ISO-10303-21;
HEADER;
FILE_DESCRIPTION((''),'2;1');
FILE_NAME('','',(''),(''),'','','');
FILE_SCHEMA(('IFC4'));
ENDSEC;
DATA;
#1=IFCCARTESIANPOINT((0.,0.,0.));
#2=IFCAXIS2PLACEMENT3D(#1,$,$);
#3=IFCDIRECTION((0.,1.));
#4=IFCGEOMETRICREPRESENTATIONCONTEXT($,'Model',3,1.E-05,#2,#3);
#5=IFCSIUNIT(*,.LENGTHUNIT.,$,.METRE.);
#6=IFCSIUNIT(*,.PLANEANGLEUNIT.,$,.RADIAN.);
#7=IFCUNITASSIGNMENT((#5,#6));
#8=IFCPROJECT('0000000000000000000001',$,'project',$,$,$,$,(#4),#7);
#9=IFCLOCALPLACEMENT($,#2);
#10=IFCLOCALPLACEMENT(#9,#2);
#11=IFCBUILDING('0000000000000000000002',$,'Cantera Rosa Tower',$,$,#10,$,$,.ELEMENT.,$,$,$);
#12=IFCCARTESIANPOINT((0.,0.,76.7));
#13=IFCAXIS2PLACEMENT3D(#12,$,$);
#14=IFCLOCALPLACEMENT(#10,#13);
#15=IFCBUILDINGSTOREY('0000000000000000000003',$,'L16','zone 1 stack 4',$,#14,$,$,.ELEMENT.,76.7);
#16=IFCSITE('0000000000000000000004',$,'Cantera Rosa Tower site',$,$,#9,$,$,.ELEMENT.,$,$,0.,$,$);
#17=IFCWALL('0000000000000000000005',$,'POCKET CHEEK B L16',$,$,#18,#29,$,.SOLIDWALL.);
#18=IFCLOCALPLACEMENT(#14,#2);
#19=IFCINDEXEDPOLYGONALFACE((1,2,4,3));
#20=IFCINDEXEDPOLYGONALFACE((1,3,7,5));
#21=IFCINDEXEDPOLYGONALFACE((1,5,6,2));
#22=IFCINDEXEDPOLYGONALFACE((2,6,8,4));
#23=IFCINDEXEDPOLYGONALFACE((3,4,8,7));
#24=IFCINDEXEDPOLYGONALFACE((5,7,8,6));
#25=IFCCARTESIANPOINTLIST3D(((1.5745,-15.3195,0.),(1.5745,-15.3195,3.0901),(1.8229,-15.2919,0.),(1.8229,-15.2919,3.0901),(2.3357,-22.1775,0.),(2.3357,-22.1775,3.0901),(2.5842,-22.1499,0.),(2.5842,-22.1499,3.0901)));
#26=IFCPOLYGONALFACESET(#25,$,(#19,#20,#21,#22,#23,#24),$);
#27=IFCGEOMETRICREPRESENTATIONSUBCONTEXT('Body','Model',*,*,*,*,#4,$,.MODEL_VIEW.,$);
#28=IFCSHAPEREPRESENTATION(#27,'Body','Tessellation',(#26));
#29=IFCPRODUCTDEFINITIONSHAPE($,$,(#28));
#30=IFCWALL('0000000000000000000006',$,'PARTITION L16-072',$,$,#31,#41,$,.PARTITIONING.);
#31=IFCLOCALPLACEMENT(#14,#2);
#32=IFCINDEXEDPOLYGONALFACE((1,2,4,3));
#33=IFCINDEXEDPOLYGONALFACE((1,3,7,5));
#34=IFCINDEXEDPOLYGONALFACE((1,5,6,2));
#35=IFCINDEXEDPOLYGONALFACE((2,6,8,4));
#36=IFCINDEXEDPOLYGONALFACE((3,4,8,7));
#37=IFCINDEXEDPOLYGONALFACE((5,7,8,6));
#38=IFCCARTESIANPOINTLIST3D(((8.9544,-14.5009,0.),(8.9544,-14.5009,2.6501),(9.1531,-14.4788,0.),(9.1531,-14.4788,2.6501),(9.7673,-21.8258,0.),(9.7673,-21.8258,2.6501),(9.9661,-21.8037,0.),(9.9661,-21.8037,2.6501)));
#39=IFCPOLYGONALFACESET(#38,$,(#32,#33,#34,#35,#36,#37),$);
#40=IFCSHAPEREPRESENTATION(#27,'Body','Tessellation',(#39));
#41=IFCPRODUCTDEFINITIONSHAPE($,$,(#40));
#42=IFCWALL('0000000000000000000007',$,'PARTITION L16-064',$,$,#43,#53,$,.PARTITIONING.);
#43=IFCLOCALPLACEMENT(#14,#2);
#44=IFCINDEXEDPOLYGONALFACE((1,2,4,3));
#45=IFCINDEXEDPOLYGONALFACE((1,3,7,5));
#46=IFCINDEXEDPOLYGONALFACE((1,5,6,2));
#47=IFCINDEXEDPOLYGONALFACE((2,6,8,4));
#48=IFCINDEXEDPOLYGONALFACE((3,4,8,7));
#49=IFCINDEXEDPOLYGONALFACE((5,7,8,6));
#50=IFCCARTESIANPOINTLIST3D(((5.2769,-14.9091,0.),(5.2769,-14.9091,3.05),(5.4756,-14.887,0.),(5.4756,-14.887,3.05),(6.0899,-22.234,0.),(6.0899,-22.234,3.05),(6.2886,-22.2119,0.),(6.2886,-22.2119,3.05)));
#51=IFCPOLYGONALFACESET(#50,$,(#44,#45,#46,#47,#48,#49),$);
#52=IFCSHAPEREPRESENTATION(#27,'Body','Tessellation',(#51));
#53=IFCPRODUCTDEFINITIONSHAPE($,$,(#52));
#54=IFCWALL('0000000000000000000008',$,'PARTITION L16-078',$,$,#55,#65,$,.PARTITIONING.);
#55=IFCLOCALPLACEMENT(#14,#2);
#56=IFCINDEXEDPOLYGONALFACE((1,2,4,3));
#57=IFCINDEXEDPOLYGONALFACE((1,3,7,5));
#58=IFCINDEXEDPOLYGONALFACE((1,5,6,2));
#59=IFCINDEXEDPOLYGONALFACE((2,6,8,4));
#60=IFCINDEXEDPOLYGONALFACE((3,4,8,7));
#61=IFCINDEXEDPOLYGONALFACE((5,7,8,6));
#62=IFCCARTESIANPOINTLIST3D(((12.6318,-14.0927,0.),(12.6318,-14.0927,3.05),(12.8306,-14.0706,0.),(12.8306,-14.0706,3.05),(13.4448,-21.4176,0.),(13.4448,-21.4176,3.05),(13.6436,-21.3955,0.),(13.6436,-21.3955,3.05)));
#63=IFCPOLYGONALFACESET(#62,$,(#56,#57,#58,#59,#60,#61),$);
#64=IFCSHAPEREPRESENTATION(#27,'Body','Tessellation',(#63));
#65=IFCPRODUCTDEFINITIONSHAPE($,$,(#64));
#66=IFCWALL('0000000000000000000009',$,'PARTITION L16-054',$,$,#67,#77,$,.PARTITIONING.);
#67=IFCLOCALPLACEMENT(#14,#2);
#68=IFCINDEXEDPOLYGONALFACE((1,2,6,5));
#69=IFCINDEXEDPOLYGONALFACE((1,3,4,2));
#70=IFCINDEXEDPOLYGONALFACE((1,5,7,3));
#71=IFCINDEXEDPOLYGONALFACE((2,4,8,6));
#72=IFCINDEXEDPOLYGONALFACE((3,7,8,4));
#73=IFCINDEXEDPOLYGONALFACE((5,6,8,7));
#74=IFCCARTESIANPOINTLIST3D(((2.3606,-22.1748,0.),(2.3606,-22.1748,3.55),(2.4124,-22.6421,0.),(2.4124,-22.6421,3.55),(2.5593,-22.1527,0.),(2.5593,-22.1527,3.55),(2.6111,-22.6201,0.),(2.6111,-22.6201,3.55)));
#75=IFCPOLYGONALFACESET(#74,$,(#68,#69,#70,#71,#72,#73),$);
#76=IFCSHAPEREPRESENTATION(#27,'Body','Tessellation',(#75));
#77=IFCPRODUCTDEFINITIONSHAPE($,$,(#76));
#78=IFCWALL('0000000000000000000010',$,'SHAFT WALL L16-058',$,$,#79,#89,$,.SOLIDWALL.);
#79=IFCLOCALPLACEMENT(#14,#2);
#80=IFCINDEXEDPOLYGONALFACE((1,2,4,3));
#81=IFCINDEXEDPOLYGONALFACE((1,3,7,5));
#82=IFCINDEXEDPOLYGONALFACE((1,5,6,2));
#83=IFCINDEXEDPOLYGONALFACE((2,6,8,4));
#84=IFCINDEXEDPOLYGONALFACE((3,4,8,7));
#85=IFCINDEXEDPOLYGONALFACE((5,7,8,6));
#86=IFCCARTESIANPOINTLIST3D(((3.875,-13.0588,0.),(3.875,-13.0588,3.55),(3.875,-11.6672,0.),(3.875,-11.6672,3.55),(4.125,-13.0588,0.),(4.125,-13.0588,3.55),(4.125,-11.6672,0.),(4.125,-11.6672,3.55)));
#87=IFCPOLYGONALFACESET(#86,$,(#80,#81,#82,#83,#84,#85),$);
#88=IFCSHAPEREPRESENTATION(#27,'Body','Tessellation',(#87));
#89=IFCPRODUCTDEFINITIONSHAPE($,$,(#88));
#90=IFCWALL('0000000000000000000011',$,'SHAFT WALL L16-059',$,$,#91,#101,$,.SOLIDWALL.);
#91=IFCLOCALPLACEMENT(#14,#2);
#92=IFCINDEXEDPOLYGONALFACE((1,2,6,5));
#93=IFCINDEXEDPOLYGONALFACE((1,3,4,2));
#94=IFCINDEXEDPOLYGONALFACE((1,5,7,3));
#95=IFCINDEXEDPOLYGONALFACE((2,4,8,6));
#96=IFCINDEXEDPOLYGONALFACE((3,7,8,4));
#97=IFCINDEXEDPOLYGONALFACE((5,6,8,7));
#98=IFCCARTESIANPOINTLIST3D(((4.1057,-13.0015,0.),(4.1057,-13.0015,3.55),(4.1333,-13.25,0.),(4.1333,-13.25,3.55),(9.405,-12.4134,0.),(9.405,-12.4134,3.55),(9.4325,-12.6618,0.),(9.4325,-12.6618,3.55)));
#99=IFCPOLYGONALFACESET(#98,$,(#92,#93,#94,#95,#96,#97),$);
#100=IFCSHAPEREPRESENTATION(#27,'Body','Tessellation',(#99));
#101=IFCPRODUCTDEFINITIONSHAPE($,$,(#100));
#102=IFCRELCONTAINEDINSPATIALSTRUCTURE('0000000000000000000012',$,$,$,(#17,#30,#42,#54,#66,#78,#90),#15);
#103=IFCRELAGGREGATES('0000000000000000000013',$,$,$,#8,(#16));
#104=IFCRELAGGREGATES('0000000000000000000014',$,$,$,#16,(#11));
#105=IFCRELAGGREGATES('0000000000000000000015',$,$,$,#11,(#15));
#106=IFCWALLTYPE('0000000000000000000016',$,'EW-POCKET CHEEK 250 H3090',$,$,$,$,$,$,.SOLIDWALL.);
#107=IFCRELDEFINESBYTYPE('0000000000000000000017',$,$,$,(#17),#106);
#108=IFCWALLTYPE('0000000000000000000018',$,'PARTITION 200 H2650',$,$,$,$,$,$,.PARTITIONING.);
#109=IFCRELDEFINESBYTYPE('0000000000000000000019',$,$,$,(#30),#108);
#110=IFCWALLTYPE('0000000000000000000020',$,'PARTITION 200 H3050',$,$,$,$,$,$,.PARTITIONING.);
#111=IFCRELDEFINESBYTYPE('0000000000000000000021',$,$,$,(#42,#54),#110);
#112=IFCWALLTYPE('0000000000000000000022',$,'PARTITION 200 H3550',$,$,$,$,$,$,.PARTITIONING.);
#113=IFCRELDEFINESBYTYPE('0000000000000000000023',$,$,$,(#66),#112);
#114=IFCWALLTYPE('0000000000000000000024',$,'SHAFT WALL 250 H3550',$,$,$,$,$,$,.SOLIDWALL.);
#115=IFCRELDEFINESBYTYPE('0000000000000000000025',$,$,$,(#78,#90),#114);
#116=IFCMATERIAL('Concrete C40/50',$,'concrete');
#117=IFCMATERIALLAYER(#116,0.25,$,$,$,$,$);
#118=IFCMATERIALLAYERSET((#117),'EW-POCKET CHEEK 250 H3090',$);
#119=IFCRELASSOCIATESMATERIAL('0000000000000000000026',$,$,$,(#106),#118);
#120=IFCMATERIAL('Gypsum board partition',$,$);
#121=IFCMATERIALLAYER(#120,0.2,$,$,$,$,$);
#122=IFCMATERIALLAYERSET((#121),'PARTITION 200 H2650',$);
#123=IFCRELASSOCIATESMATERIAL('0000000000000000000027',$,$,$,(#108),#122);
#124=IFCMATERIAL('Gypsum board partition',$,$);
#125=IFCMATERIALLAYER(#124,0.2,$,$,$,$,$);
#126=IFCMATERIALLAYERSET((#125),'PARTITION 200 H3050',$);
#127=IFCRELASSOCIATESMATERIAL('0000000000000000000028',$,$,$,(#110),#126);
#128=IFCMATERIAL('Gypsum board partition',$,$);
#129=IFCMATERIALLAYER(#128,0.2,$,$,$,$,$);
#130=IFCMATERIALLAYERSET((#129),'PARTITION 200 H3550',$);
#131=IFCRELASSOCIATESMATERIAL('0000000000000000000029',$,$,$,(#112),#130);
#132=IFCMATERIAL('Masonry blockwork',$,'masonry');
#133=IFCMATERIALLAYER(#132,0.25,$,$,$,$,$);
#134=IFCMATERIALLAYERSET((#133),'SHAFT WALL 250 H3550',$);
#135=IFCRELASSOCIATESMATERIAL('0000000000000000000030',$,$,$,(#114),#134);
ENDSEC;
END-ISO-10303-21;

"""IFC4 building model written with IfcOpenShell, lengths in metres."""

from ifc_helpers import new_model, si_unit, direction, frame, frame_2d, origin, place, context, subcontext, project, spatial, rectangle, extrude, material, layer, layer_set, type_object, element, save


model = new_model("IFC4")

# Units and contexts
model_context = context("Model", 3, precision=1e-05, world=origin(), true_north=direction((0.0, 1.0)))
body_context = subcontext(model_context, "Body", "Model", "MODEL_VIEW")
ifc_project = project(units=[si_unit("LENGTHUNIT", "METRE"), si_unit("PLANEANGLEUNIT", "RADIAN")], contexts=[model_context])

# Site, building, storey
site_placement = place(None, origin())
site = spatial("IfcSite", under=ifc_project, at=site_placement, Name="Cantera Rosa Tower site", CompositionType="ELEMENT", RefElevation=0.0)
building_placement = place(site_placement, origin())
building = spatial("IfcBuilding", under=site, at=building_placement, Name="Cantera Rosa Tower", CompositionType="ELEMENT")
storey_placement = place(building_placement, frame((0.0, 0.0, 76.7)))
storey = spatial("IfcBuildingStorey", under=building, at=storey_placement, Name="L16", Description="zone 1 stack 4", CompositionType="ELEMENT", Elevation=76.7)

# Walls
ifc_material_1 = material(Name="Concrete C40/50", Category="concrete")
ifc_layer_1 = layer(ifc_material_1, 0.25)
ifc_layer_set_1 = layer_set([ifc_layer_1], Name="EW-POCKET CHEEK 250 H3090")
wall_type_1 = type_object("IfcWallType", Name="EW-POCKET CHEEK 250 H3090", PredefinedType="SOLIDWALL", material=ifc_layer_set_1)
wall_1_placement = place(storey_placement, frame((2.46, -22.1638, 0.0), z_axis=(0.0, 0.0, 1.0), x_axis=(-0.110323, 0.993896, 0.0)))
element("IfcWall", 1, at=wall_1_placement, inside=storey, type_object=wall_type_1, Name="POCKET CHEEK B L16", PredefinedType="SOLIDWALL", context=body_context, shape_type="SweptSolid", body=[
    extrude(rectangle(XDim=6.9001, YDim=0.25, at=frame_2d((3.4502, 0.0))), origin(), (0.0, 0.0, 1.0), 3.0901),
])
ifc_material_2 = material(Name="Gypsum board partition")
ifc_layer_2 = layer(ifc_material_2, 0.2)
ifc_layer_set_2 = layer_set([ifc_layer_2], Name="PARTITION 200 H2650")
wall_type_2 = type_object("IfcWallType", Name="PARTITION 200 H2650", PredefinedType="PARTITIONING", material=ifc_layer_set_2)
wall_2_placement = place(storey_placement, frame((9.0537, -14.4897, 0.0), z_axis=(0.0, 0.0, 1.0), x_axis=(0.110312, -0.993897, 0.0)))
element("IfcWall", 2, at=wall_2_placement, inside=storey, type_object=wall_type_2, Name="PARTITION L16-072", PredefinedType="PARTITIONING", context=body_context, shape_type="SweptSolid", body=[
    extrude(rectangle(XDim=7.3699, YDim=0.2, at=frame_2d((3.6851, 0.0))), origin(), (0.0, 0.0, 1.0), 2.6501),
])
ifc_material_3 = material(Name="Gypsum board partition")
ifc_layer_3 = layer(ifc_material_3, 0.2)
ifc_layer_set_3 = layer_set([ifc_layer_3], Name="PARTITION 200 H3050")
wall_type_3 = type_object("IfcWallType", Name="PARTITION 200 H3050", PredefinedType="PARTITIONING", material=ifc_layer_set_3)
for number, where, z_axis, x_axis, name in (
    (3, (5.3762, -14.8979, 0.0), (0.0, 0.0, 1.0), (0.110312, -0.993897, 0.0), "PARTITION L16-064"),
    (4, (12.7312, -14.0815, 0.0), (0.0, 0.0, 1.0), (0.110312, -0.993897, 0.0), "PARTITION L16-078"),
):
    element("IfcWall", number, at=place(storey_placement, frame(where, z_axis=z_axis, x_axis=x_axis)), inside=storey, type_object=wall_type_3, Name=name, PredefinedType="PARTITIONING", context=body_context, shape_type="SweptSolid", body=[
        extrude(rectangle(XDim=7.3699, YDim=0.2, at=frame_2d((3.6851, 0.0))), origin(), (0.0, 0.0, 1.0), 3.05),
    ])
ifc_material_4 = material(Name="Gypsum board partition")
ifc_layer_4 = layer(ifc_material_4, 0.2)
ifc_layer_set_4 = layer_set([ifc_layer_4], Name="PARTITION 200 H3550")
wall_type_4 = type_object("IfcWallType", Name="PARTITION 200 H3550", PredefinedType="PARTITIONING", material=ifc_layer_set_4)
wall_3_placement = place(storey_placement, frame((2.5117, -22.6311, 0.0), z_axis=(0.0, 0.0, 1.0), x_axis=(-0.11009, 0.993922, 0.0)))
element("IfcWall", 5, at=wall_3_placement, inside=storey, type_object=wall_type_4, Name="PARTITION L16-054", PredefinedType="PARTITIONING", context=body_context, shape_type="SweptSolid", body=[
    extrude(rectangle(XDim=0.4702, YDim=0.2, at=frame_2d((0.2351, 0.0))), origin(), (0.0, 0.0, 1.0), 3.55),
])
ifc_material_5 = material(Name="Masonry blockwork", Category="masonry")
ifc_layer_5 = layer(ifc_material_5, 0.25)
ifc_layer_set_5 = layer_set([ifc_layer_5], Name="SHAFT WALL 250 H3550")
wall_type_5 = type_object("IfcWallType", Name="SHAFT WALL 250 H3550", PredefinedType="SOLIDWALL", material=ifc_layer_set_5)
wall_4_placement = place(storey_placement, frame((4.0, -13.0588, 0.0), z_axis=(0.0, 0.0, 1.0), x_axis=(0.0, 1.0, 0.0)))
element("IfcWall", 6, at=wall_4_placement, inside=storey, type_object=wall_type_5, Name="SHAFT WALL L16-058", PredefinedType="SOLIDWALL", context=body_context, shape_type="SweptSolid", body=[
    extrude(rectangle(XDim=1.3916, YDim=0.25, at=frame_2d((0.6958, 0.0))), origin(), (0.0, 0.0, 1.0), 3.55),
])
wall_5_placement = place(storey_placement, frame((4.1194, -13.1257, 0.0), z_axis=(0.0, 0.0, 1.0), x_axis=(0.993898, 0.110306, 0.0)))
element("IfcWall", 7, at=wall_5_placement, inside=storey, type_object=wall_type_5, Name="SHAFT WALL L16-059", PredefinedType="SOLIDWALL", context=body_context, shape_type="SweptSolid", body=[
    extrude(rectangle(XDim=5.3318, YDim=0.25, at=frame_2d((2.666, 0.0))), origin(), (0.0, 0.0, 1.0), 3.55),
])

save(model, "model.ifc")
